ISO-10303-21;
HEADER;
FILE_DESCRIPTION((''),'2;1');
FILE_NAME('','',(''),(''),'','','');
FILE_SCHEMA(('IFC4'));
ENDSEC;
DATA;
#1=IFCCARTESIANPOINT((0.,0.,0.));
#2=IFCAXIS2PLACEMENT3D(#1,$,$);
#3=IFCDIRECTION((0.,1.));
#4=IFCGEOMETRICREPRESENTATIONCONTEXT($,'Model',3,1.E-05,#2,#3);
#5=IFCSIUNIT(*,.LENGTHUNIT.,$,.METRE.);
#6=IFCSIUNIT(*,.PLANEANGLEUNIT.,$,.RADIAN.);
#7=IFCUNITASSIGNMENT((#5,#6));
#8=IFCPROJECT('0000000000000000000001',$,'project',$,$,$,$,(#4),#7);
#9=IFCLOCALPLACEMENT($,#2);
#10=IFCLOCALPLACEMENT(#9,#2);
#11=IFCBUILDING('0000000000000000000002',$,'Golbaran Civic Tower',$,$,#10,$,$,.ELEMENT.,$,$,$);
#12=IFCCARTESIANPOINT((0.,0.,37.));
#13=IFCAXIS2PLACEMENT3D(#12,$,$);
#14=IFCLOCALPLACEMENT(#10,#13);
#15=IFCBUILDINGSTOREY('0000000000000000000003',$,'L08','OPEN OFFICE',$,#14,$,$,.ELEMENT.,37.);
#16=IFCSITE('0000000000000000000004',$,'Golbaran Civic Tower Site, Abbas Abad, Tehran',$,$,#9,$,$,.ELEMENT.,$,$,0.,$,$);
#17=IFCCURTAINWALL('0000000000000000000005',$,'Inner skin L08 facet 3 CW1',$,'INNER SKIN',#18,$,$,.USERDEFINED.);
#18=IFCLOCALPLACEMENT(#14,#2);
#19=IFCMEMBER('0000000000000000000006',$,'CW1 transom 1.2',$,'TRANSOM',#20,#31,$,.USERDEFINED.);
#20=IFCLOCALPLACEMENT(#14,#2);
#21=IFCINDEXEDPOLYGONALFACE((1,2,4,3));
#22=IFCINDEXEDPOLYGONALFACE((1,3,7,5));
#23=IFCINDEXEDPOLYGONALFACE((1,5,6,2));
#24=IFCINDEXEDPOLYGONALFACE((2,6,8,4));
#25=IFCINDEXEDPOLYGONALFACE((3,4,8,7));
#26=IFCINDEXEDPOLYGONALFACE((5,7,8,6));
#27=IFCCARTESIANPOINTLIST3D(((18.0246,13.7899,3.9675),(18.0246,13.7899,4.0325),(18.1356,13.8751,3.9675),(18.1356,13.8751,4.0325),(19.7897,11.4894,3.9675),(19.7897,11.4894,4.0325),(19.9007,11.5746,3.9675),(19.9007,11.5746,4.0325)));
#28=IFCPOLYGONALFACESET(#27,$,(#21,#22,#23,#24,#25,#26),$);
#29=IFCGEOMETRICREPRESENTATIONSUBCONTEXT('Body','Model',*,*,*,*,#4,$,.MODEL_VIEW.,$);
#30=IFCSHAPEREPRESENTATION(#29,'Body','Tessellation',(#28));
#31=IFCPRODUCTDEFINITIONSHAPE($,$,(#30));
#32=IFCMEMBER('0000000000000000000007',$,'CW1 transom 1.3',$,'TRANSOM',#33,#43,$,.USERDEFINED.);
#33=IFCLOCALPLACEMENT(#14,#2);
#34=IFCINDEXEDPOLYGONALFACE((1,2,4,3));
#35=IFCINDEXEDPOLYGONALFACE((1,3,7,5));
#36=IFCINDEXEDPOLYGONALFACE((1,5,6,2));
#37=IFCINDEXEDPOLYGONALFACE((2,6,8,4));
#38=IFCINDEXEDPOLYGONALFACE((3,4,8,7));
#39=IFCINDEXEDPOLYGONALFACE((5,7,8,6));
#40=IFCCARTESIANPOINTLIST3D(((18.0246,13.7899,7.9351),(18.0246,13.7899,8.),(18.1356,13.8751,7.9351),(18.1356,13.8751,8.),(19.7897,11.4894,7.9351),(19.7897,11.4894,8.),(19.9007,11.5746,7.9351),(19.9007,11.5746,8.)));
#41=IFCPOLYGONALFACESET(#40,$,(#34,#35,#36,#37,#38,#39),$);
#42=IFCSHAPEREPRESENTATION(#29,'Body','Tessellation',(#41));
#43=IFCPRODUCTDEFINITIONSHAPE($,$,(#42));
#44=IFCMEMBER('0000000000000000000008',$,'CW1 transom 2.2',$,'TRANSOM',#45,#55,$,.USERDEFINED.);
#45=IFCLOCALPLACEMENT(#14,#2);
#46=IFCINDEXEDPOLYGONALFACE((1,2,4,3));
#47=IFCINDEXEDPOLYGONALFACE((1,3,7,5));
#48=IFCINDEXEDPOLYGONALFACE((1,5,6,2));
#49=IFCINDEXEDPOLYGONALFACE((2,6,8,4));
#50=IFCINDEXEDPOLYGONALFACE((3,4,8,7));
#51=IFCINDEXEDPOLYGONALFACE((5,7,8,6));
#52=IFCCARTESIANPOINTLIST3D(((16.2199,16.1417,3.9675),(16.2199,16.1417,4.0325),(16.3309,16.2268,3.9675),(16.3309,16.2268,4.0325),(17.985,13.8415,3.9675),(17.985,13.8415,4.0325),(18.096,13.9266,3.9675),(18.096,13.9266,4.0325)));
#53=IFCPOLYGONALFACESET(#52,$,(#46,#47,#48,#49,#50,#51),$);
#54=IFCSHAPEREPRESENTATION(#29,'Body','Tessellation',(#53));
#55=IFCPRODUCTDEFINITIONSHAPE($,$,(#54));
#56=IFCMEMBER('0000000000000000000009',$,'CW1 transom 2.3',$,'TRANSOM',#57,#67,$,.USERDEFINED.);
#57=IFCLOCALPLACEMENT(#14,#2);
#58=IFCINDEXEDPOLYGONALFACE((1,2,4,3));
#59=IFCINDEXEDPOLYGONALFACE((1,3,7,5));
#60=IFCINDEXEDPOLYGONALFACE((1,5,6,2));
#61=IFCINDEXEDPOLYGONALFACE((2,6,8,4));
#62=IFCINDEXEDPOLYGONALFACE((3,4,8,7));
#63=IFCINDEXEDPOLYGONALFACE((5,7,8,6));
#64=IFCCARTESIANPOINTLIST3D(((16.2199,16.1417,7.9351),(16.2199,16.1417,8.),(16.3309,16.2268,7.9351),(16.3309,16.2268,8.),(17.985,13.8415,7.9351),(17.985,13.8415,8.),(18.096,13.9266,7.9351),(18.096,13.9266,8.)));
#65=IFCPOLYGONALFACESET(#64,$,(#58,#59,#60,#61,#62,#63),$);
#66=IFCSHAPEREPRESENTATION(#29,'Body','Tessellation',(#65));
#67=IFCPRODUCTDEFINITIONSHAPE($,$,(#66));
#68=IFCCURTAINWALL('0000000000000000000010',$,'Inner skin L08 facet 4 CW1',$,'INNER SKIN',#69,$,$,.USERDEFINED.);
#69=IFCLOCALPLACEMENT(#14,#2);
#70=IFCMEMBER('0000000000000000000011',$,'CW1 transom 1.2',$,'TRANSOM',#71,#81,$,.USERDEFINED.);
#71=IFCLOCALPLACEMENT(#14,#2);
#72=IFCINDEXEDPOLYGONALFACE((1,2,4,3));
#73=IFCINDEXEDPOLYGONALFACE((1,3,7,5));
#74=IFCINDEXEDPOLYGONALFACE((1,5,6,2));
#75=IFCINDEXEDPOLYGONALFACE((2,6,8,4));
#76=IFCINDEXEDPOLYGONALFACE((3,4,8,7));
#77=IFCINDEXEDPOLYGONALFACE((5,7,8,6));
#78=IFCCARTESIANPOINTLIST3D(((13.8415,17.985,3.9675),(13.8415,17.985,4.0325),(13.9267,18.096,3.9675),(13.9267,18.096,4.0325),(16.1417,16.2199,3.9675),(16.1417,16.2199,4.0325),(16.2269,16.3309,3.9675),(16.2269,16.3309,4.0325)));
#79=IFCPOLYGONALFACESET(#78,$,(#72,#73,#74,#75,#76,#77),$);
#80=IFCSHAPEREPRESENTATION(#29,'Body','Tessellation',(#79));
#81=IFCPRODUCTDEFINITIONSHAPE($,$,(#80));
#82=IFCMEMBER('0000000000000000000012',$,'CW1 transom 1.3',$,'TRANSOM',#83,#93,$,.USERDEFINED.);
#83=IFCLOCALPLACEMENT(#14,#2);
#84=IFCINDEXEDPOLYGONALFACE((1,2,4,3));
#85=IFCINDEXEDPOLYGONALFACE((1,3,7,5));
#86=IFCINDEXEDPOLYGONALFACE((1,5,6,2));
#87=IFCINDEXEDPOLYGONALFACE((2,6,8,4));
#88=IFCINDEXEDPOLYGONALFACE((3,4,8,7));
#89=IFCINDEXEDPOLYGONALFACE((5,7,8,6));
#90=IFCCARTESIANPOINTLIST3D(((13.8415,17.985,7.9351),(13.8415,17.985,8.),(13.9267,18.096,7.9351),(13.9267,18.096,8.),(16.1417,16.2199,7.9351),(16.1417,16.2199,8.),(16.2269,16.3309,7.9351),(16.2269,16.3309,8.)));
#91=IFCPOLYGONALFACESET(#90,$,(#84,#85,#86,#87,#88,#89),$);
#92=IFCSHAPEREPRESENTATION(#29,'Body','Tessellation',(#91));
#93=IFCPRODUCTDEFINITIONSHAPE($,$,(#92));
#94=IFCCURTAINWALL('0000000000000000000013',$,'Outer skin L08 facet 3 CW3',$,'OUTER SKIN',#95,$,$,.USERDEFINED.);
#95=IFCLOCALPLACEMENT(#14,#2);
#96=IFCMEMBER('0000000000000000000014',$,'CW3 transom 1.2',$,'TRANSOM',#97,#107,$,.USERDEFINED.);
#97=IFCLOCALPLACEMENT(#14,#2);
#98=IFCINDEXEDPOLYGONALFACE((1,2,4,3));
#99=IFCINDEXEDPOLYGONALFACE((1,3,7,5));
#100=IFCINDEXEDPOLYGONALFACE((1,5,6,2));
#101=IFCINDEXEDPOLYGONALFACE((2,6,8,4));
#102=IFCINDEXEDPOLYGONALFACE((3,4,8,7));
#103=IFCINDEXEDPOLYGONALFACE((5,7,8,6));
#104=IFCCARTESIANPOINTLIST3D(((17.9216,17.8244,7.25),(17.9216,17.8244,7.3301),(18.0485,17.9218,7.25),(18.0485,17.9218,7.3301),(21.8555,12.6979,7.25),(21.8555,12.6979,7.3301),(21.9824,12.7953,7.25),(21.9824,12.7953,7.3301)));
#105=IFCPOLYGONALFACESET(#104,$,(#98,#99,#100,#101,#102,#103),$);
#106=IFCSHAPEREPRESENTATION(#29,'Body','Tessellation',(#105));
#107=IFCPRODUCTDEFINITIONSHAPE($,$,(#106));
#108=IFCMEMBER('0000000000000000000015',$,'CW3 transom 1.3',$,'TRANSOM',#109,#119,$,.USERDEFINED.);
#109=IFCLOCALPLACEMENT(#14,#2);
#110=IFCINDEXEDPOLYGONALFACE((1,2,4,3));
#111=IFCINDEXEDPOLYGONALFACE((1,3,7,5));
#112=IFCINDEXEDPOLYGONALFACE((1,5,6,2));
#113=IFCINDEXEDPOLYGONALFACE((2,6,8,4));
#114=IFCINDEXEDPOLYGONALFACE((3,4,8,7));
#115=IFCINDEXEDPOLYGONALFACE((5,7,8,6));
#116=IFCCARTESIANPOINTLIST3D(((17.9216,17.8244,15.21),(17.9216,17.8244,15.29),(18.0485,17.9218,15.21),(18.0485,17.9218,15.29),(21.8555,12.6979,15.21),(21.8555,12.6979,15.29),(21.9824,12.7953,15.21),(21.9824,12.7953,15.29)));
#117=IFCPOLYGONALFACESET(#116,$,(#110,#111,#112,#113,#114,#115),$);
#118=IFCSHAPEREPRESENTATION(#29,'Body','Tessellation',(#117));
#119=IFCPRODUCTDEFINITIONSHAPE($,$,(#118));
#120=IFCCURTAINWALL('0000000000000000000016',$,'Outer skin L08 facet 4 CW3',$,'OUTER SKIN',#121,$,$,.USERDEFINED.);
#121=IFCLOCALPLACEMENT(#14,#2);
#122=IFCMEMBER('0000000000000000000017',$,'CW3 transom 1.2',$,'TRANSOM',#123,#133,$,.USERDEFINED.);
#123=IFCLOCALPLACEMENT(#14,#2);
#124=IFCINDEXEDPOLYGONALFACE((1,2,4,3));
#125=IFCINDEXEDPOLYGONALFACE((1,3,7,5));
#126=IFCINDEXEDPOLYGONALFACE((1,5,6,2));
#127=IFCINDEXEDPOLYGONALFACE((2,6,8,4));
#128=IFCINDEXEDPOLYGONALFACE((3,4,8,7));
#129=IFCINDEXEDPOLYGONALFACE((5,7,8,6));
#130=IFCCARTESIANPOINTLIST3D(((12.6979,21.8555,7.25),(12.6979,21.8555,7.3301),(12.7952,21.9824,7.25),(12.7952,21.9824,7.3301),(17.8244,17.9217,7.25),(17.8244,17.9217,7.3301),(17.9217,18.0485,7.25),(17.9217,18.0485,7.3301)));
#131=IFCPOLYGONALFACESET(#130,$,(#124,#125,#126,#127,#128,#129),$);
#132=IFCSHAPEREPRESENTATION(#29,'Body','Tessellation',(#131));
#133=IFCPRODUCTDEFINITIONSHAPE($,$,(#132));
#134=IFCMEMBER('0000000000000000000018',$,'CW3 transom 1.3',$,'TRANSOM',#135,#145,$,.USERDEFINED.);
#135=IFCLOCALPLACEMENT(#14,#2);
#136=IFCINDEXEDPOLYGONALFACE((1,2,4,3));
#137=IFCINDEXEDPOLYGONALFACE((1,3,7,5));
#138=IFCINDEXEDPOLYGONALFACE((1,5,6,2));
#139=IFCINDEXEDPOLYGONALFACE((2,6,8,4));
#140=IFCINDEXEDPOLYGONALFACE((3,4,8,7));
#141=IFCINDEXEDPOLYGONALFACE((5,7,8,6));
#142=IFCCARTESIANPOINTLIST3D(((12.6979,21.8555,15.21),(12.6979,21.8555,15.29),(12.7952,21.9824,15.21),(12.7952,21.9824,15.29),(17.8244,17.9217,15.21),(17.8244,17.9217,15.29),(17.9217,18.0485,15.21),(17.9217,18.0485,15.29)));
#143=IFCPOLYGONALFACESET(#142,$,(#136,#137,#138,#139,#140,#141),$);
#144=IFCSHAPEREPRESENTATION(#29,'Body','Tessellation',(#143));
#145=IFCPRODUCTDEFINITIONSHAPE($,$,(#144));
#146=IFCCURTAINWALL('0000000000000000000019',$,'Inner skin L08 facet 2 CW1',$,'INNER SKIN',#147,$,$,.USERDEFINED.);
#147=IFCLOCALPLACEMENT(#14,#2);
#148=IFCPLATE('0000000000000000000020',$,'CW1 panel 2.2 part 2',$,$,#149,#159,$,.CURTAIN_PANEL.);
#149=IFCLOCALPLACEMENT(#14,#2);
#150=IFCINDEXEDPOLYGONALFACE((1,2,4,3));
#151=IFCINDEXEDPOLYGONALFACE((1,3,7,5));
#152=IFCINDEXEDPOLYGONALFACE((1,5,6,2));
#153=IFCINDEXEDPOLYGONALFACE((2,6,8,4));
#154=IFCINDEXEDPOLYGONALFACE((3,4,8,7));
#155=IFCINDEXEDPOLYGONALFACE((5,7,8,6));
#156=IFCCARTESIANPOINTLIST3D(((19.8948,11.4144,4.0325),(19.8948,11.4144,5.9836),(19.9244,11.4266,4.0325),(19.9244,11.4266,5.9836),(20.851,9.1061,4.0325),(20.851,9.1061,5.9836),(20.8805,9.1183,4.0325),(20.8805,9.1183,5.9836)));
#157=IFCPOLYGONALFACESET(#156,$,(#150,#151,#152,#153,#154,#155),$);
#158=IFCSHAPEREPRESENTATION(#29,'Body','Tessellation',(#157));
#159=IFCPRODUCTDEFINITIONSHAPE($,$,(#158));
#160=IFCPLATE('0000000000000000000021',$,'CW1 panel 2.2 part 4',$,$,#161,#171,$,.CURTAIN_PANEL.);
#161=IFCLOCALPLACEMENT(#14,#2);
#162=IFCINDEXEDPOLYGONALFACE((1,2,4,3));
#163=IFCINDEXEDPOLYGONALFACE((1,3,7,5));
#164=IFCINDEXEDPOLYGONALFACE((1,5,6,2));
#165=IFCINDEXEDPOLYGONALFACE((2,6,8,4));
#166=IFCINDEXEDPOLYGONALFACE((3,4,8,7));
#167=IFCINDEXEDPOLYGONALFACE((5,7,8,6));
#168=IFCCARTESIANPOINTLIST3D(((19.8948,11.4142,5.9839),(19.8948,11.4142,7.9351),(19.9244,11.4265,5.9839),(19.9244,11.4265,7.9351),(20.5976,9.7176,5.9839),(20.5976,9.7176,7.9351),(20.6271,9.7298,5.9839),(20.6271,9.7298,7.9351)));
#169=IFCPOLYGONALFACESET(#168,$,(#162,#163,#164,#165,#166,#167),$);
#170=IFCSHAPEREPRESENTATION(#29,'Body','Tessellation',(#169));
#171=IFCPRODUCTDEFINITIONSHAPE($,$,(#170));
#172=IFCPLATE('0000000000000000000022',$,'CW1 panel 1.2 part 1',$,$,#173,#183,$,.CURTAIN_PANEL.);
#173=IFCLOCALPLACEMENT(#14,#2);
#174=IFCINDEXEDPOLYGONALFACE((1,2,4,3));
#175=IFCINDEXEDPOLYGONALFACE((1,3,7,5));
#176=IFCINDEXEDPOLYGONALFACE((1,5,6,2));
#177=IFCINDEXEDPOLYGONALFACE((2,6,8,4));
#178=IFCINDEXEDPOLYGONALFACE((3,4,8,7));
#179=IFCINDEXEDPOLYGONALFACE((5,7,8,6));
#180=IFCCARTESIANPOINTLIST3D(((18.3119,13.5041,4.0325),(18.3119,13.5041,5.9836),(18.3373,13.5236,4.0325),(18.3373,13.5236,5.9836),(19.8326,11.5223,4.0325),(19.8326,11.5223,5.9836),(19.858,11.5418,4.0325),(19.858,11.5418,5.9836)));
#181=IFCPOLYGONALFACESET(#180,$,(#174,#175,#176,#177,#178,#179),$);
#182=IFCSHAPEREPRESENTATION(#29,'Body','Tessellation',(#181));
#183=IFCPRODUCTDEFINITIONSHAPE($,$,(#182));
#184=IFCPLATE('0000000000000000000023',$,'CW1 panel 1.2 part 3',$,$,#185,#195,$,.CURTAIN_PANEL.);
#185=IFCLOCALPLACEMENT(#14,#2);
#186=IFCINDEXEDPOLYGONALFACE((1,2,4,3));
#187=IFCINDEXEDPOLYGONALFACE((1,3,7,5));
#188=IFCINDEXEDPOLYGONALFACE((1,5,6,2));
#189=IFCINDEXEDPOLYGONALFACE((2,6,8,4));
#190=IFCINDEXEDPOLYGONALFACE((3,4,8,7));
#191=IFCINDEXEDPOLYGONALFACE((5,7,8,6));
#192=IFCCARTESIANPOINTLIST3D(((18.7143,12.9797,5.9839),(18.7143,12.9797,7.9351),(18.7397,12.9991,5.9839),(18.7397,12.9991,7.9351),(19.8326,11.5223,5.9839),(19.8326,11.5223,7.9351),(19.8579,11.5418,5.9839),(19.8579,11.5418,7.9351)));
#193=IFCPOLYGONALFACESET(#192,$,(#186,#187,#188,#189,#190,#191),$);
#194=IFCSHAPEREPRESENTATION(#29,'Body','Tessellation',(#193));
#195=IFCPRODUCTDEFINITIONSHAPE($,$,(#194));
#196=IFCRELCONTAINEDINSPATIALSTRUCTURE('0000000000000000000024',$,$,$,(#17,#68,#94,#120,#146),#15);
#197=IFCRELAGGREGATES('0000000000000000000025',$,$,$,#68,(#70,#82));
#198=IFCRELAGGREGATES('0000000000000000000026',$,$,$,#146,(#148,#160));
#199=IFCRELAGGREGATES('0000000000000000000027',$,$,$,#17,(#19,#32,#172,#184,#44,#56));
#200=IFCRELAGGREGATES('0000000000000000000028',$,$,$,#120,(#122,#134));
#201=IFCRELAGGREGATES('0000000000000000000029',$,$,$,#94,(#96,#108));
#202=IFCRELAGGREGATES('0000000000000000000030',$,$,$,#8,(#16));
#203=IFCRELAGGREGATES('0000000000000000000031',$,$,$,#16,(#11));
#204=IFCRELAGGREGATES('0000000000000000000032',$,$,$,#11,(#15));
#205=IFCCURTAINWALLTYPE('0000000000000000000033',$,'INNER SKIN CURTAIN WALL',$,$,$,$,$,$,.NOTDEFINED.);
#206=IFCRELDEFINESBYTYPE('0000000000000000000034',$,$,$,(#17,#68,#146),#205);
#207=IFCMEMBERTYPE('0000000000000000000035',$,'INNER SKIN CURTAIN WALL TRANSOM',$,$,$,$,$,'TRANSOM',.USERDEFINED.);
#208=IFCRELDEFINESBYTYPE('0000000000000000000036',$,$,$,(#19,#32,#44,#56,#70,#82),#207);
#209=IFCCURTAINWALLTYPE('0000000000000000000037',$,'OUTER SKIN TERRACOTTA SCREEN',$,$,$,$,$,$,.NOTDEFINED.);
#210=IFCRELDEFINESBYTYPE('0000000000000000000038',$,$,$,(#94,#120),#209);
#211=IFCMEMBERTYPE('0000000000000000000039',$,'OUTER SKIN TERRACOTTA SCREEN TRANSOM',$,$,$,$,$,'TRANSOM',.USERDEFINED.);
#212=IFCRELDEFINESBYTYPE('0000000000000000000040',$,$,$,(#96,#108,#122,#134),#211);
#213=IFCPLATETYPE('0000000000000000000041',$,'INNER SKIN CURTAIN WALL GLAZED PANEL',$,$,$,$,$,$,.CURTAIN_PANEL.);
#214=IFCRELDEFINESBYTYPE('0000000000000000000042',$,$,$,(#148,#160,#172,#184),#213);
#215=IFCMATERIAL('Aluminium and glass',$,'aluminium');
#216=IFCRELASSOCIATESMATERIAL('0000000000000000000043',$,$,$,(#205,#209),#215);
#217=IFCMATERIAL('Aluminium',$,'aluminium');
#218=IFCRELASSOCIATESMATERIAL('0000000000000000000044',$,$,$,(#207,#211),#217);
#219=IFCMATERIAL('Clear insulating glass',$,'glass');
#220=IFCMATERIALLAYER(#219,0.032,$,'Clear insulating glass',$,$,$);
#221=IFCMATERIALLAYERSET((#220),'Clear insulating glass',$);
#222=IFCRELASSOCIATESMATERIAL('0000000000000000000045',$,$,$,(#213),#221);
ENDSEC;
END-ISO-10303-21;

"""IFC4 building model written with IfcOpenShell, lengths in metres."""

from ifc_helpers import new_model, si_unit, direction, frame, origin, origin_2d, place, context, subcontext, project, spatial, rectangle, extrude, material, layer, layer_set, material_profile, profile_set, type_object, element, aggregate, save


model = new_model("IFC4")

# Units and contexts
model_context = context("Model", 3, precision=1e-05, world=origin(), true_north=direction((0.0, 1.0)))
body_context = subcontext(model_context, "Body", "Model", "MODEL_VIEW")
ifc_project = project(units=[si_unit("LENGTHUNIT", "METRE"), si_unit("PLANEANGLEUNIT", "RADIAN")], contexts=[model_context])

# Site, building, storey
site_placement = place(None, origin())
site = spatial("IfcSite", under=ifc_project, at=site_placement, Name="Golbaran Civic Tower Site, Abbas Abad, Tehran", CompositionType="ELEMENT", RefElevation=0.0)
building_placement = place(site_placement, origin())
building = spatial("IfcBuilding", under=site, at=building_placement, Name="Golbaran Civic Tower", CompositionType="ELEMENT")
storey_placement = place(building_placement, frame((0.0, 0.0, 37.0)))
storey = spatial("IfcBuildingStorey", under=building, at=storey_placement, Name="L08", Description="OPEN OFFICE", CompositionType="ELEMENT", Elevation=37.0)

# Curtain walls, members
ifc_material_1 = material(Name="Aluminium and glass", Category="aluminium")
curtain_wall_type_1 = type_object("IfcCurtainWallType", Name="INNER SKIN CURTAIN WALL", PredefinedType="NOTDEFINED", material=ifc_material_1)
curtain_wall_1_placement = place(storey_placement, origin())
curtain_wall_1 = element("IfcCurtainWall", 1, at=curtain_wall_1_placement, inside=storey, type_object=curtain_wall_type_1, Name="Inner skin L08 facet 3 CW1", ObjectType="INNER SKIN", PredefinedType="USERDEFINED")
ifc_material_2 = material(Name="Aluminium", Category="aluminium")
ifc_material_profile_1 = material_profile(ifc_material_2, rectangle(XDim=0.1399, YDim=0.0649, at=origin_2d()), Name="INNER SKIN CURTAIN WALL TRANSOM")
ifc_profile_set_1 = profile_set([ifc_material_profile_1], Name="Aluminium")
member_type_1 = type_object("IfcMemberType", Name="INNER SKIN CURTAIN WALL TRANSOM", ElementType="TRANSOM", PredefinedType="USERDEFINED", material=ifc_profile_set_1)
member_1_placement = place(storey_placement, frame((19.8452, 11.532, 4.0), z_axis=(-0.608734, 0.793375, 0.0), x_axis=(-0.793375, -0.608734, 0.0)))
member_1 = element("IfcMember", 2, at=member_1_placement, type_object=member_type_1, Name="CW1 transom 1.2", ObjectType="TRANSOM", PredefinedType="USERDEFINED", context=body_context, shape_type="SweptSolid", body=[
    extrude(rectangle(XDim=0.1399, YDim=0.0649, at=origin_2d()), origin(), (0.0, 0.0, 1.0), 2.8997),
])
member_2_placement = place(storey_placement, frame((19.8452, 11.532, 7.9675), z_axis=(-0.608734, 0.793375, 0.0), x_axis=(-0.793375, -0.608734, 0.0)))
member_2 = element("IfcMember", 3, at=member_2_placement, type_object=member_type_1, Name="CW1 transom 1.3", ObjectType="TRANSOM", PredefinedType="USERDEFINED", context=body_context, shape_type="SweptSolid", body=[
    extrude(rectangle(XDim=0.1399, YDim=0.0649, at=origin_2d()), origin(), (0.0, 0.0, 1.0), 2.8997),
])
member_3_placement = place(storey_placement, frame((18.0405, 13.884, 4.0), z_axis=(-0.608774, 0.793343, 0.0), x_axis=(-0.793343, -0.608774, 0.0)))
member_3 = element("IfcMember", 4, at=member_3_placement, type_object=member_type_1, Name="CW1 transom 2.2", ObjectType="TRANSOM", PredefinedType="USERDEFINED", context=body_context, shape_type="SweptSolid", body=[
    extrude(rectangle(XDim=0.1399, YDim=0.0649, at=origin_2d()), origin(), (0.0, 0.0, 1.0), 2.8994),
])
member_4_placement = place(storey_placement, frame((18.0405, 13.884, 7.9675), z_axis=(-0.608774, 0.793343, 0.0), x_axis=(-0.793343, -0.608774, 0.0)))
member_4 = element("IfcMember", 5, at=member_4_placement, type_object=member_type_1, Name="CW1 transom 2.3", ObjectType="TRANSOM", PredefinedType="USERDEFINED", context=body_context, shape_type="SweptSolid", body=[
    extrude(rectangle(XDim=0.1399, YDim=0.0649, at=origin_2d()), origin(), (0.0, 0.0, 1.0), 2.8994),
])
curtain_wall_2_placement = place(storey_placement, origin())
curtain_wall_2 = element("IfcCurtainWall", 6, at=curtain_wall_2_placement, inside=storey, type_object=curtain_wall_type_1, Name="Inner skin L08 facet 4 CW1", ObjectType="INNER SKIN", PredefinedType="USERDEFINED")
member_5_placement = place(storey_placement, frame((16.1843, 16.2754, 4.0), z_axis=(-0.793343, 0.608774, 0.0), x_axis=(-0.608774, -0.793343, 0.0)))
member_5 = element("IfcMember", 7, at=member_5_placement, type_object=member_type_1, Name="CW1 transom 1.2", ObjectType="TRANSOM", PredefinedType="USERDEFINED", context=body_context, shape_type="SweptSolid", body=[
    extrude(rectangle(XDim=0.1399, YDim=0.0649, at=origin_2d()), origin(), (0.0, 0.0, 1.0), 2.8994),
])
member_6_placement = place(storey_placement, frame((16.1843, 16.2754, 7.9675), z_axis=(-0.793343, 0.608774, 0.0), x_axis=(-0.608774, -0.793343, 0.0)))
member_6 = element("IfcMember", 8, at=member_6_placement, type_object=member_type_1, Name="CW1 transom 1.3", ObjectType="TRANSOM", PredefinedType="USERDEFINED", context=body_context, shape_type="SweptSolid", body=[
    extrude(rectangle(XDim=0.1399, YDim=0.0649, at=origin_2d()), origin(), (0.0, 0.0, 1.0), 2.8994),
])
curtain_wall_type_2 = type_object("IfcCurtainWallType", Name="OUTER SKIN TERRACOTTA SCREEN", PredefinedType="NOTDEFINED", material=ifc_material_1)
curtain_wall_3_placement = place(storey_placement, origin())
curtain_wall_3 = element("IfcCurtainWall", 9, at=curtain_wall_3_placement, inside=storey, type_object=curtain_wall_type_2, Name="Outer skin L08 facet 3 CW3", ObjectType="OUTER SKIN", PredefinedType="USERDEFINED")
ifc_material_profile_2 = material_profile(ifc_material_2, rectangle(XDim=0.1599, YDim=0.0801, at=origin_2d()), Name="OUTER SKIN TERRACOTTA SCREEN TRANSOM")
ifc_profile_set_2 = profile_set([ifc_material_profile_2], Name="Aluminium")
member_type_2 = type_object("IfcMemberType", Name="OUTER SKIN TERRACOTTA SCREEN TRANSOM", ElementType="TRANSOM", PredefinedType="USERDEFINED", material=ifc_profile_set_2)
member_7_placement = place(storey_placement, frame((21.9189, 12.7466, 7.29), z_axis=(-0.608777, 0.793341, 0.0), x_axis=(-0.793341, -0.608777, 0.0)))
member_7 = element("IfcMember", 10, at=member_7_placement, type_object=member_type_2, Name="CW3 transom 1.2", ObjectType="TRANSOM", PredefinedType="USERDEFINED", context=body_context, shape_type="SweptSolid", body=[
    extrude(rectangle(XDim=0.1599, YDim=0.0801, at=origin_2d()), origin(), (0.0, 0.0, 1.0), 6.4619),
])
member_8_placement = place(storey_placement, frame((21.9189, 12.7466, 15.25), z_axis=(-0.608777, 0.793341, 0.0), x_axis=(-0.793341, -0.608777, 0.0)))
member_8 = element("IfcMember", 11, at=member_8_placement, type_object=member_type_2, Name="CW3 transom 1.3", ObjectType="TRANSOM", PredefinedType="USERDEFINED", context=body_context, shape_type="SweptSolid", body=[
    extrude(rectangle(XDim=0.1599, YDim=0.0801, at=origin_2d()), origin(), (0.0, 0.0, 1.0), 6.4619),
])
curtain_wall_4_placement = place(storey_placement, origin())
curtain_wall_4 = element("IfcCurtainWall", 12, at=curtain_wall_4_placement, inside=storey, type_object=curtain_wall_type_2, Name="Outer skin L08 facet 4 CW3", ObjectType="OUTER SKIN", PredefinedType="USERDEFINED")
member_9_placement = place(storey_placement, frame((17.873, 17.9851, 7.29), z_axis=(-0.793341, 0.608777, 0.0), x_axis=(-0.608777, -0.793341, 0.0)))
member_9 = element("IfcMember", 13, at=member_9_placement, type_object=member_type_2, Name="CW3 transom 1.2", ObjectType="TRANSOM", PredefinedType="USERDEFINED", context=body_context, shape_type="SweptSolid", body=[
    extrude(rectangle(XDim=0.1599, YDim=0.0801, at=origin_2d()), origin(), (0.0, 0.0, 1.0), 6.4619),
])
member_10_placement = place(storey_placement, frame((17.873, 17.9851, 15.25), z_axis=(-0.793341, 0.608777, 0.0), x_axis=(-0.608777, -0.793341, 0.0)))
member_10 = element("IfcMember", 14, at=member_10_placement, type_object=member_type_2, Name="CW3 transom 1.3", ObjectType="TRANSOM", PredefinedType="USERDEFINED", context=body_context, shape_type="SweptSolid", body=[
    extrude(rectangle(XDim=0.1599, YDim=0.0801, at=origin_2d()), origin(), (0.0, 0.0, 1.0), 6.4619),
])

# Curtain wall, plates
curtain_wall_5_placement = place(storey_placement, origin())
curtain_wall_5 = element("IfcCurtainWall", 15, at=curtain_wall_5_placement, inside=storey, type_object=curtain_wall_type_1, Name="Inner skin L08 facet 2 CW1", ObjectType="INNER SKIN", PredefinedType="USERDEFINED")
ifc_material_3 = material(Name="Clear insulating glass", Category="glass")
ifc_layer_1 = layer(ifc_material_3, 0.032, Name="Clear insulating glass")
ifc_layer_set_1 = layer_set([ifc_layer_1], Name="Clear insulating glass")
plate_type_1 = type_object("IfcPlateType", Name="INNER SKIN CURTAIN WALL GLAZED PANEL", PredefinedType="CURTAIN_PANEL", material=ifc_layer_set_1)
plate_1_placement = place(storey_placement, frame((20.3877, 10.2664, 4.0325), z_axis=(0.0, 0.0, 1.0), x_axis=(-0.382683, 0.92388, 0.0)))
plate_1 = element("IfcPlate", 16, at=plate_1_placement, type_object=plate_type_1, Name="CW1 panel 2.2 part 2", PredefinedType="CURTAIN_PANEL", context=body_context, shape_type="SweptSolid", body=[
    extrude(rectangle(XDim=2.4985, YDim=0.032, at=origin_2d()), origin(), (0.0, 0.0, 1.0), 1.9512),
])
plate_2_placement = place(storey_placement, frame((20.261, 10.572, 5.9839), z_axis=(0.0, 0.0, 1.0), x_axis=(-0.382683, 0.92388, 0.0)))
plate_2 = element("IfcPlate", 17, at=plate_2_placement, type_object=plate_type_1, Name="CW1 panel 2.2 part 4", PredefinedType="CURTAIN_PANEL", context=body_context, shape_type="SweptSolid", body=[
    extrude(rectangle(XDim=1.8364, YDim=0.032, at=origin_2d()), origin(), (0.0, 0.0, 1.0), 1.9512),
])

# Plates
plate_3_placement = place(storey_placement, frame((19.085, 12.5229, 4.0325), z_axis=(0.0, 0.0, 1.0), x_axis=(-0.608761, 0.793353, 0.0)))
plate_3 = element("IfcPlate", 18, at=plate_3_placement, type_object=plate_type_1, Name="CW1 panel 1.2 part 1", PredefinedType="CURTAIN_PANEL", context=body_context, shape_type="SweptSolid", body=[
    extrude(rectangle(XDim=2.498, YDim=0.032, at=origin_2d()), origin(), (0.0, 0.0, 1.0), 1.9512),
])
plate_4_placement = place(storey_placement, frame((19.2861, 12.2607, 5.9839), z_axis=(0.0, 0.0, 1.0), x_axis=(-0.608761, 0.793353, 0.0)))
plate_4 = element("IfcPlate", 19, at=plate_4_placement, type_object=plate_type_1, Name="CW1 panel 1.2 part 3", PredefinedType="CURTAIN_PANEL", context=body_context, shape_type="SweptSolid", body=[
    extrude(rectangle(XDim=1.8369, YDim=0.032, at=origin_2d()), origin(), (0.0, 0.0, 1.0), 1.9512),
])
aggregate(curtain_wall_2, [member_5, member_6])
aggregate(curtain_wall_5, [plate_1, plate_2])
aggregate(curtain_wall_1, [member_1, member_2, plate_3, plate_4, member_3, member_4])

aggregate(curtain_wall_4, [member_9, member_10])
aggregate(curtain_wall_3, [member_7, member_8])

save(model, "model.ifc")
